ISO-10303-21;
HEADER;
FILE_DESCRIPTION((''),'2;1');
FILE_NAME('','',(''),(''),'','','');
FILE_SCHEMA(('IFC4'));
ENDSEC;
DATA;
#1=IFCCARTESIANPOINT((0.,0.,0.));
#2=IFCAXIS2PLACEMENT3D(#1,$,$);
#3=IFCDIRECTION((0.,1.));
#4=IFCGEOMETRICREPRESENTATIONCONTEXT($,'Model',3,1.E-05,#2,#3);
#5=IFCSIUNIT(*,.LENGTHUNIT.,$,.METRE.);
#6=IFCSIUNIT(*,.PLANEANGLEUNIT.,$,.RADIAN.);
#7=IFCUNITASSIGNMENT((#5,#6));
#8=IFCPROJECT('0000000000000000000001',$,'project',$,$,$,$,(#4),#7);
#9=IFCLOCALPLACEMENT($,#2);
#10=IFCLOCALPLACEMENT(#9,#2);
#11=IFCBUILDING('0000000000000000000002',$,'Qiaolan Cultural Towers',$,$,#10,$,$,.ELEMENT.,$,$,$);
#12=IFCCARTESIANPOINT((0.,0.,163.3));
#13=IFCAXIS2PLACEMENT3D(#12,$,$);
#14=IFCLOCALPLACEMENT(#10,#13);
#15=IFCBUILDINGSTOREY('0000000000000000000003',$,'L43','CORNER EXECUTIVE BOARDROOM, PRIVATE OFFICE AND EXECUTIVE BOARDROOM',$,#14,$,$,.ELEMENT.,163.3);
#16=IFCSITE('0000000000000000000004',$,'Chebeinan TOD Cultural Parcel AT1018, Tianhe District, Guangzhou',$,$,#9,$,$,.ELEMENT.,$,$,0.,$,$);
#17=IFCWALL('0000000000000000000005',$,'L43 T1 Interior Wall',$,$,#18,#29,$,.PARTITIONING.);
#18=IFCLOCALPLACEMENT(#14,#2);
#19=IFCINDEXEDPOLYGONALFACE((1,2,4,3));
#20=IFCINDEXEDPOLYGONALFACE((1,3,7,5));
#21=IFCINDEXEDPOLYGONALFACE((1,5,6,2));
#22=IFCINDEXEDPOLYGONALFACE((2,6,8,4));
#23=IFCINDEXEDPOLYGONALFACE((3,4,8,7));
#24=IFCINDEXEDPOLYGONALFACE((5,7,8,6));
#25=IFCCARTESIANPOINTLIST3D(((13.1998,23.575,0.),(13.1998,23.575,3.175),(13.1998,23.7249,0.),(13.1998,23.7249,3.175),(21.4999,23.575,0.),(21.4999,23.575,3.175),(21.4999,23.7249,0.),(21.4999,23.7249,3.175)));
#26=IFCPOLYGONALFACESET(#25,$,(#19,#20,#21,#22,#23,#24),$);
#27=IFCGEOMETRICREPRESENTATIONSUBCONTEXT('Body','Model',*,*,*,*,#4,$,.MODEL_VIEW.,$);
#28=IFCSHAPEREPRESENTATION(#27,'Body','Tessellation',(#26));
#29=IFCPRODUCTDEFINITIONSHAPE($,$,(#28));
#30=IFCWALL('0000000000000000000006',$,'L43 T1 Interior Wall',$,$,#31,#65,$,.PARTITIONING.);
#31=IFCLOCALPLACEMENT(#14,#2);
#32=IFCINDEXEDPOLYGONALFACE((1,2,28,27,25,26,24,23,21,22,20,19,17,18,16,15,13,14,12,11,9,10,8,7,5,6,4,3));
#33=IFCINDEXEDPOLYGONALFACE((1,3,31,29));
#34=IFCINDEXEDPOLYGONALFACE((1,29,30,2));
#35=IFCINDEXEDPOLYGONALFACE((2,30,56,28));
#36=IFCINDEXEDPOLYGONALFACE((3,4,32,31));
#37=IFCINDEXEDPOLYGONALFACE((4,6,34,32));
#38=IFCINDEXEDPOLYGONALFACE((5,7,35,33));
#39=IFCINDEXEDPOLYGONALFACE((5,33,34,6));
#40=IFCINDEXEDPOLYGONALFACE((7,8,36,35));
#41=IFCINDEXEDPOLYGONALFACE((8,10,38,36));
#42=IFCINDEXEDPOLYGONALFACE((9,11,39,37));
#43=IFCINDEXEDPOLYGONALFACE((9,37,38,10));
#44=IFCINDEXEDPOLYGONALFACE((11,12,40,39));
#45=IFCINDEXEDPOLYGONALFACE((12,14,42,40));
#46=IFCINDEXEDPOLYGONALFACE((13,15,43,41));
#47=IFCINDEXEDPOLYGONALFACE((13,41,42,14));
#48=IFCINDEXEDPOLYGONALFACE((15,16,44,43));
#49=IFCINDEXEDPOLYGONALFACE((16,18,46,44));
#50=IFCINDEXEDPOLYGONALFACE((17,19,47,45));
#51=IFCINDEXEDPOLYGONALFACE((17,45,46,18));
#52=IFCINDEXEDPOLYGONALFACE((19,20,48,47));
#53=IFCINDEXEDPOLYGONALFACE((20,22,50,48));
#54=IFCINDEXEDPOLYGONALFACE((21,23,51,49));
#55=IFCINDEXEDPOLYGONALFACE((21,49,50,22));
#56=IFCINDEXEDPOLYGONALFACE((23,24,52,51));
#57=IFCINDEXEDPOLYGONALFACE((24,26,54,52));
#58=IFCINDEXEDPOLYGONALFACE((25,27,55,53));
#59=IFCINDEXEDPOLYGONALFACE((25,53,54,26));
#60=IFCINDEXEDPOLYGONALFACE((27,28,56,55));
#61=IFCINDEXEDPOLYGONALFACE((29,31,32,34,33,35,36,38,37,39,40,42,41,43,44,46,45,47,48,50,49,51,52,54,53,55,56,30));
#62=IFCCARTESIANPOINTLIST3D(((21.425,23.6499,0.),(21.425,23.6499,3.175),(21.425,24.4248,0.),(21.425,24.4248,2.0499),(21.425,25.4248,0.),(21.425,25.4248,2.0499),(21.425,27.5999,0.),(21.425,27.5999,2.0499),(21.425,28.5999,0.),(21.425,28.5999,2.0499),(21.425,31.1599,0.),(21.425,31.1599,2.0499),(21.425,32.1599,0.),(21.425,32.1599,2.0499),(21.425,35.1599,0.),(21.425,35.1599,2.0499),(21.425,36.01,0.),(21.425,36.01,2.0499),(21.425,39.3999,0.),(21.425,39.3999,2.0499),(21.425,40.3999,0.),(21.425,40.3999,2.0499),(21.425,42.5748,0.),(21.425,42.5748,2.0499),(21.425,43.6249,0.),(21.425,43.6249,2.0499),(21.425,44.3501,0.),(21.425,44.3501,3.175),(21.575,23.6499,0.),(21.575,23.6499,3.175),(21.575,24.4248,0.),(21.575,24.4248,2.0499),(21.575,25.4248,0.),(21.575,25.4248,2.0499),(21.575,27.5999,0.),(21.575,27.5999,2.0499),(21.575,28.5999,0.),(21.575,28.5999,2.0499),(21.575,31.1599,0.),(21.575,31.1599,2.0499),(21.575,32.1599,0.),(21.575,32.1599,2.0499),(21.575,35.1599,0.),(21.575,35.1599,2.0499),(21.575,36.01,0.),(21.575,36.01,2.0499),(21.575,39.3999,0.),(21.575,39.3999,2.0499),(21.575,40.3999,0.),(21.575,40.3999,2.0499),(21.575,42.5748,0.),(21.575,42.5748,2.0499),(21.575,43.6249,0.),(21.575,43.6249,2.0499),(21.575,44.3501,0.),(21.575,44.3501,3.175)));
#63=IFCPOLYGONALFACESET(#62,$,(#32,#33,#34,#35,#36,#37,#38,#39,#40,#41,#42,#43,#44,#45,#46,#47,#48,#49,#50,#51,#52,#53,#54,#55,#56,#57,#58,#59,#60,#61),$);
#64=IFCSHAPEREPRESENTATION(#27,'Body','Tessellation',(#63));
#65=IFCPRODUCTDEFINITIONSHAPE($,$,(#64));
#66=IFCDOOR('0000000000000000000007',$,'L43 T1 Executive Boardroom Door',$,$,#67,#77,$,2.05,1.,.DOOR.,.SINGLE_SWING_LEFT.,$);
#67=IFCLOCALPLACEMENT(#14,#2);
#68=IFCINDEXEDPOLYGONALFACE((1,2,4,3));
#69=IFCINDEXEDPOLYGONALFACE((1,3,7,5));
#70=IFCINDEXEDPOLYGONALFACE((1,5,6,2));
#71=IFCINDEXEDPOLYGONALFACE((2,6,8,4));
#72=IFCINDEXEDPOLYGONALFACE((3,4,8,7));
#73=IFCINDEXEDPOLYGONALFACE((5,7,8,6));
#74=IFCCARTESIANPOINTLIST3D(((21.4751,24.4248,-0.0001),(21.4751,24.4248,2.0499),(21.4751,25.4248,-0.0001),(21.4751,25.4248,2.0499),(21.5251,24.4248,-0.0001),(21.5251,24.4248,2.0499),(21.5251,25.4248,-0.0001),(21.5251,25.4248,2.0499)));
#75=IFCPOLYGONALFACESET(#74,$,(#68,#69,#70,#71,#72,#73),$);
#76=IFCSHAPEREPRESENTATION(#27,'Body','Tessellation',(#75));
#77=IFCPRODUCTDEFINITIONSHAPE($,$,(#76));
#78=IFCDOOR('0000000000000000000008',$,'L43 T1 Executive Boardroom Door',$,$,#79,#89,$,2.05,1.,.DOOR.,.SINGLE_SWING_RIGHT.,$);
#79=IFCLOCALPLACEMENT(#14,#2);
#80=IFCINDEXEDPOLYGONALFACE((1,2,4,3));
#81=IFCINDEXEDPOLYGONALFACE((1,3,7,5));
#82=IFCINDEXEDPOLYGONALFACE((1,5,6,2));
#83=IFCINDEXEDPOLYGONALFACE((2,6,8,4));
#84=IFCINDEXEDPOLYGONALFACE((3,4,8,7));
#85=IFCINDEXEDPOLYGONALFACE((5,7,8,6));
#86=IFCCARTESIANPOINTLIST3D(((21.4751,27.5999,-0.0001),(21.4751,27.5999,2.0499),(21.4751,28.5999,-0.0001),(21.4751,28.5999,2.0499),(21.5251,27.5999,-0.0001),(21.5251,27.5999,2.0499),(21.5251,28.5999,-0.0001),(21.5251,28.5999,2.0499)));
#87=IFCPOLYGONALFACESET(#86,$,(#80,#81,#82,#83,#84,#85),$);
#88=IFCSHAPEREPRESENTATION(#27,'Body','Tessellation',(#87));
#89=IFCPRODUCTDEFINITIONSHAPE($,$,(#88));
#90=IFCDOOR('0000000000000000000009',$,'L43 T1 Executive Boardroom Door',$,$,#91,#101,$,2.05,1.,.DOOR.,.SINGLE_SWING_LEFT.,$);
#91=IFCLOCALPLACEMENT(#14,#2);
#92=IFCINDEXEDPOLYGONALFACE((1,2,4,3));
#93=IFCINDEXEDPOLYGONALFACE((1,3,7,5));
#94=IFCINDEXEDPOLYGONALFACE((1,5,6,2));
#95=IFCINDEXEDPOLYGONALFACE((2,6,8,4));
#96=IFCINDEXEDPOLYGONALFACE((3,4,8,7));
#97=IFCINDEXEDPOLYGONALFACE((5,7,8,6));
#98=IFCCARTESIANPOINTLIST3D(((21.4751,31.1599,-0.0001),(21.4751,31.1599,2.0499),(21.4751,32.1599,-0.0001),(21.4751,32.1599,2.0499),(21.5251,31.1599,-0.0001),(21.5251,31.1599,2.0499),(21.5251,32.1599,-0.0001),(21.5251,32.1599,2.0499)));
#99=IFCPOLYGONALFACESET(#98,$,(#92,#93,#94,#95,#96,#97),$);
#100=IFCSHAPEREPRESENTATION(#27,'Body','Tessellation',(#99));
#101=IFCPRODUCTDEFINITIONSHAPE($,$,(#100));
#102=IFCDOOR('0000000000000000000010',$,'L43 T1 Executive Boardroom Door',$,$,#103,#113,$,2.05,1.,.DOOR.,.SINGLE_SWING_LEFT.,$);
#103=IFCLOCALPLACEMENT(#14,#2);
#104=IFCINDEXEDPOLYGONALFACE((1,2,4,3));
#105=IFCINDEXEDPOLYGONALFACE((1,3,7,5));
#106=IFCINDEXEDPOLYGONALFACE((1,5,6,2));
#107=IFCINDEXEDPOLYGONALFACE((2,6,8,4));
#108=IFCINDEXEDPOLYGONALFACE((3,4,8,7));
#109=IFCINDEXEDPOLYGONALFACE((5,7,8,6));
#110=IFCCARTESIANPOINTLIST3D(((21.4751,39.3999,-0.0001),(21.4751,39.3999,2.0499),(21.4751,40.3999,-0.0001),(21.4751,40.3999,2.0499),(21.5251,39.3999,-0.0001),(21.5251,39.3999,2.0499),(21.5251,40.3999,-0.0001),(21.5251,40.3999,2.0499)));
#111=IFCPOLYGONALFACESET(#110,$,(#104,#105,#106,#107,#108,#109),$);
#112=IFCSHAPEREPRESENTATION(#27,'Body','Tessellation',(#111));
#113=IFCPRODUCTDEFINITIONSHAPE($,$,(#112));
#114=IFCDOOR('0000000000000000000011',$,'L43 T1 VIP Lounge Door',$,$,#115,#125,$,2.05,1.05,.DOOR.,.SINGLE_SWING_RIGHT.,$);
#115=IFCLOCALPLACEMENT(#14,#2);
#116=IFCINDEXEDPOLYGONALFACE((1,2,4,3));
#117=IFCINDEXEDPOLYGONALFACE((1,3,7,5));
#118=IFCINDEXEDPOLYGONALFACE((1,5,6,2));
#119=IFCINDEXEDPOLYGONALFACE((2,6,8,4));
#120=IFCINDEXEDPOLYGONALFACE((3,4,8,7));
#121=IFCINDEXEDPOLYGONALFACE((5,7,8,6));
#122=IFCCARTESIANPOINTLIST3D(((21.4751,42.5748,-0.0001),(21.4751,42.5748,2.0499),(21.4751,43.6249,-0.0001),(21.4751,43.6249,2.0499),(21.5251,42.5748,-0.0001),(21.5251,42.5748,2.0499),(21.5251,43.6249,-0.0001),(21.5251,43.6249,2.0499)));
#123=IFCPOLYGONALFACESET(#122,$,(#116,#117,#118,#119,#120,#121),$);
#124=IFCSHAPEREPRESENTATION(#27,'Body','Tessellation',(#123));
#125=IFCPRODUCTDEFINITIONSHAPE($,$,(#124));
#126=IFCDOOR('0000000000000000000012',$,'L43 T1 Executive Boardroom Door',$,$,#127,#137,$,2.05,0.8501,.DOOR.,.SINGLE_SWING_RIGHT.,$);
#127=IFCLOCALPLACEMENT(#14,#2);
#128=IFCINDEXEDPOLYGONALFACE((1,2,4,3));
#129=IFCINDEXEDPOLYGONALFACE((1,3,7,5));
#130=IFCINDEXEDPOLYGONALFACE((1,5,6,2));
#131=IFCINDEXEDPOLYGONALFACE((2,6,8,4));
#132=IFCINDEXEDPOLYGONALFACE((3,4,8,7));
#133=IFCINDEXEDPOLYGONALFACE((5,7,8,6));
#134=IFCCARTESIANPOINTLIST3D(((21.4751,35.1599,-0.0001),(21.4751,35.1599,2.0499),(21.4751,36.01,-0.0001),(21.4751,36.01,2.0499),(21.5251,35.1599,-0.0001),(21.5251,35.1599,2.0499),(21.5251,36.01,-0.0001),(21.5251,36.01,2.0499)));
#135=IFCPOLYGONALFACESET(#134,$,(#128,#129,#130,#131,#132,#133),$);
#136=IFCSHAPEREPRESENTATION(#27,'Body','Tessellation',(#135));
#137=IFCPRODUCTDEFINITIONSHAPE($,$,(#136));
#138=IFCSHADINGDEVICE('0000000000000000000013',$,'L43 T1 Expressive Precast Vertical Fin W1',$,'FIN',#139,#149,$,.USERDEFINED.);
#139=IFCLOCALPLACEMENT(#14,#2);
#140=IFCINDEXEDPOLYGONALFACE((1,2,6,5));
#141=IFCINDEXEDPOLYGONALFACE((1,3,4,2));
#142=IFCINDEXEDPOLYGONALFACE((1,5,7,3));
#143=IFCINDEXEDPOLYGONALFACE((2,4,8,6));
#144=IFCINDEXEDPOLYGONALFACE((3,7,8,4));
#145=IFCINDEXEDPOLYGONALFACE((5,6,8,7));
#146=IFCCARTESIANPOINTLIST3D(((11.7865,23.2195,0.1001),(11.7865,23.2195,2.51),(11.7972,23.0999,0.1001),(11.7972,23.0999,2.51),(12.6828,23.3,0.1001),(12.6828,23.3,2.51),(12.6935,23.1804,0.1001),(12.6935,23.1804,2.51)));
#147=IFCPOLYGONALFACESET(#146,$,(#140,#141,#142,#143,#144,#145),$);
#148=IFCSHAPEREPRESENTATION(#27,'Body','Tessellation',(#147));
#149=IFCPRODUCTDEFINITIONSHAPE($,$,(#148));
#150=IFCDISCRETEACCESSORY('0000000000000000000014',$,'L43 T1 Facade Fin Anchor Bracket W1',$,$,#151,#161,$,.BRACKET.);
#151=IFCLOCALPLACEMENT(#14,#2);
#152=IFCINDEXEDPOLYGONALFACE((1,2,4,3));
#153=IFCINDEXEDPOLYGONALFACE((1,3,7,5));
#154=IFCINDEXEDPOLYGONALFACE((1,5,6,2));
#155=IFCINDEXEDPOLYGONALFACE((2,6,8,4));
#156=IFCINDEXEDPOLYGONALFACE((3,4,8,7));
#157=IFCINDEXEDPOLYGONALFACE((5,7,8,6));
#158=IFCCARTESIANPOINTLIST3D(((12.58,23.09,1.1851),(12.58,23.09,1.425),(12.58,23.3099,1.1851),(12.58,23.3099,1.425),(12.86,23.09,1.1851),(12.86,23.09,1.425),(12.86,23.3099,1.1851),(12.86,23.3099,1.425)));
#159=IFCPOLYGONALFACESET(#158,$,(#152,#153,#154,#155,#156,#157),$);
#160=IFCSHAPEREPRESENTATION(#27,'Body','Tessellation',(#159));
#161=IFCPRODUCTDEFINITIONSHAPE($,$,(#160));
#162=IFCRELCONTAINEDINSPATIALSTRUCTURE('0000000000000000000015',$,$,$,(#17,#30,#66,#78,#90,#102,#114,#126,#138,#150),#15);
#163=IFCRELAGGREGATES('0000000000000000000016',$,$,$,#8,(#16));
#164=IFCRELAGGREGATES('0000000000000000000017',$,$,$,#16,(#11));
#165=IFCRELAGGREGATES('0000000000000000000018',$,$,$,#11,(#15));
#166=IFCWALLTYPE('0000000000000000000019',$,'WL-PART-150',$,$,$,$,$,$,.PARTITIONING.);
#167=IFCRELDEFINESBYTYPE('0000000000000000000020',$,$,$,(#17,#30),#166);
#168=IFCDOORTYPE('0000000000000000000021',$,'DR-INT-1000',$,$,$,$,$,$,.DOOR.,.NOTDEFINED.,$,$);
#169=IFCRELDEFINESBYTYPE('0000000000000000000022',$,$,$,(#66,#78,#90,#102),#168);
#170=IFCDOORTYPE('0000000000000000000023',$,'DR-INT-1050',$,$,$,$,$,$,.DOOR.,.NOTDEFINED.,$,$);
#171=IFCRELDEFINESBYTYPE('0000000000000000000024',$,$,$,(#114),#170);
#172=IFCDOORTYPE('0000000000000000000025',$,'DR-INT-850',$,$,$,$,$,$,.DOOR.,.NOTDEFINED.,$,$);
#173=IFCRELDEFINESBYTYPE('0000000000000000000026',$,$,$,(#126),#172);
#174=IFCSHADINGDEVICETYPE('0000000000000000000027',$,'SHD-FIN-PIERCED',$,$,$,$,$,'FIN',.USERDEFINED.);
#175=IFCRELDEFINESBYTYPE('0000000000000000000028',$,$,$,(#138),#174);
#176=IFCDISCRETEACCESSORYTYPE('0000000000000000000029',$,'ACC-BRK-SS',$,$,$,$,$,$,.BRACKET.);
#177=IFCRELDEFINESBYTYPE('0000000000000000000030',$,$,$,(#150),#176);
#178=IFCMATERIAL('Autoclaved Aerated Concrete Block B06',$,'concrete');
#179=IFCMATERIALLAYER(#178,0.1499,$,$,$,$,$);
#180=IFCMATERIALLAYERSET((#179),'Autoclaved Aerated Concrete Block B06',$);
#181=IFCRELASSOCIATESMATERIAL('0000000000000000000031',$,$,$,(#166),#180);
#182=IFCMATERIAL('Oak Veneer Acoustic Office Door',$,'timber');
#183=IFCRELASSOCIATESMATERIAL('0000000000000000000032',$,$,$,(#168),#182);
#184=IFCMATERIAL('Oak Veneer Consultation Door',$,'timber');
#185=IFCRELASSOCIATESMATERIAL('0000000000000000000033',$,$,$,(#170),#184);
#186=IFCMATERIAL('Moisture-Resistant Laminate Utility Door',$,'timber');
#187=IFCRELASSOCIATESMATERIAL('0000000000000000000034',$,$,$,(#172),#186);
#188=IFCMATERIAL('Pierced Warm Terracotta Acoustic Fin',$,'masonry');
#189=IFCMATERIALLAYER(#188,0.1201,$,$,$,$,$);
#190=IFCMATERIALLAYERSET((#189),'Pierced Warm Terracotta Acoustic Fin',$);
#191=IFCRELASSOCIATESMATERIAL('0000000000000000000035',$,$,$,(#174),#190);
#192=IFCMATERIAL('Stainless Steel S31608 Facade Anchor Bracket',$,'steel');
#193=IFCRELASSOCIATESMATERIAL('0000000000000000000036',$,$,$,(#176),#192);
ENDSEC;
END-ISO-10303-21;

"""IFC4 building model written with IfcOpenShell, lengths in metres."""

from ifc_helpers import new_model, si_unit, direction, frame, frame_2d, origin, origin_2d, place, context, subcontext, project, spatial, rectangle, extrude, material, layer, layer_set, type_object, element, fill, save


model = new_model("IFC4")

# Units and contexts
model_context = context("Model", 3, precision=1e-05, world=origin(), true_north=direction((0.0, 1.0)))
body_context = subcontext(model_context, "Body", "Model", "MODEL_VIEW")
ifc_project = project(units=[si_unit("LENGTHUNIT", "METRE"), si_unit("PLANEANGLEUNIT", "RADIAN")], contexts=[model_context])

# Site, building, storey
site_placement = place(None, origin())
site = spatial("IfcSite", under=ifc_project, at=site_placement, Name="Chebeinan TOD Cultural Parcel AT1018, Tianhe District, Guangzhou", CompositionType="ELEMENT", RefElevation=0.0)
building_placement = place(site_placement, origin())
building = spatial("IfcBuilding", under=site, at=building_placement, Name="Qiaolan Cultural Towers", CompositionType="ELEMENT")
storey_placement = place(building_placement, frame((0.0, 0.0, 163.3)))
storey = spatial("IfcBuildingStorey", under=building, at=storey_placement, Name="L43", Description="CORNER EXECUTIVE BOARDROOM, PRIVATE OFFICE AND EXECUTIVE BOARDROOM", CompositionType="ELEMENT", Elevation=163.3)

# Shared definitions
ifc_material_1 = material(Name="Autoclaved Aerated Concrete Block B06", Category="concrete")
ifc_layer_1 = layer(ifc_material_1, 0.1499)
ifc_layer_set_1 = layer_set([ifc_layer_1], Name="Autoclaved Aerated Concrete Block B06")
wall_type_1 = type_object("IfcWallType", Name="WL-PART-150", PredefinedType="PARTITIONING", material=ifc_layer_set_1)
ifc_material_2 = material(Name="Oak Veneer Acoustic Office Door", Category="timber")
door_type_1 = type_object("IfcDoorType", Name="DR-INT-1000", OperationType="NOTDEFINED", PredefinedType="DOOR", material=ifc_material_2)

# Wall
wall_1_placement = place(storey_placement, frame((13.2, 23.6499, 0.0), z_axis=(0.0, 0.0, 1.0), x_axis=(1.0, 0.0, 0.0)))
element("IfcWall", 1, at=wall_1_placement, inside=storey, type_object=wall_type_1, Name="L43 T1 Interior Wall", PredefinedType="PARTITIONING", context=body_context, shape_type="SweptSolid", body=[
    extrude(rectangle(XDim=8.3, YDim=0.1499, at=frame_2d((4.1499, 0.0))), origin(), (0.0, 0.0, 1.0), 3.175),
])

# Wall, openings, doors
wall_2_placement = place(storey_placement, frame((21.5, 23.6499, 0.0), z_axis=(0.0, 0.0, 1.0), x_axis=(0.0, 1.0, 0.0)))
wall_2 = element("IfcWall", 2, at=wall_2_placement, inside=storey, type_object=wall_type_1, Name="L43 T1 Interior Wall", PredefinedType="PARTITIONING", context=body_context, shape_type="SweptSolid", body=[
    extrude(rectangle(XDim=20.7002, YDim=0.1499, at=frame_2d((10.3501, 0.0))), origin(), (0.0, 0.0, 1.0), 3.175),
])
opening_1_placement = place(wall_2_placement, frame((0.7749, 0.0, 0.0)))
opening_1 = element("IfcOpeningElement", 3, at=opening_1_placement, cuts=wall_2, PredefinedType="OPENING", context=body_context, shape_type="SweptSolid", body=[
    extrude(rectangle(XDim=1.0, YDim=2.05, at=frame_2d((0.5, 1.0249))), frame((0.0, 0.085, 0.0), z_axis=(0.0, -1.0, 0.0), x_axis=(1.0, 0.0, 0.0)), (0.0, 0.0, 1.0), 0.1699),
])
opening_2_placement = place(wall_2_placement, frame((3.95, 0.0, 0.0)))
opening_2 = element("IfcOpeningElement", 4, at=opening_2_placement, cuts=wall_2, PredefinedType="OPENING", context=body_context, shape_type="SweptSolid", body=[
    extrude(rectangle(XDim=1.0, YDim=2.05, at=frame_2d((0.5, 1.0249))), frame((0.0, 0.085, 0.0), z_axis=(0.0, -1.0, 0.0), x_axis=(1.0, 0.0, 0.0)), (0.0, 0.0, 1.0), 0.1699),
])
opening_3_placement = place(wall_2_placement, frame((7.51, 0.0, 0.0)))
opening_3 = element("IfcOpeningElement", 5, at=opening_3_placement, cuts=wall_2, PredefinedType="OPENING", context=body_context, shape_type="SweptSolid", body=[
    extrude(rectangle(XDim=1.0, YDim=2.05, at=frame_2d((0.5, 1.0249))), frame((0.0, 0.085, 0.0), z_axis=(0.0, -1.0, 0.0), x_axis=(1.0, 0.0, 0.0)), (0.0, 0.0, 1.0), 0.1699),
])
opening_4_placement = place(wall_2_placement, frame((11.51, 0.0, 0.0)))
opening_4 = element("IfcOpeningElement", 6, at=opening_4_placement, cuts=wall_2, PredefinedType="OPENING", context=body_context, shape_type="SweptSolid", body=[
    extrude(rectangle(XDim=0.8501, YDim=2.05, at=frame_2d((0.425, 1.0249))), frame((0.0, 0.085, 0.0), z_axis=(0.0, -1.0, 0.0), x_axis=(1.0, 0.0, 0.0)), (0.0, 0.0, 1.0), 0.1699),
])
opening_5_placement = place(wall_2_placement, frame((15.75, 0.0, 0.0)))
opening_5 = element("IfcOpeningElement", 7, at=opening_5_placement, cuts=wall_2, PredefinedType="OPENING", context=body_context, shape_type="SweptSolid", body=[
    extrude(rectangle(XDim=1.0, YDim=2.05, at=frame_2d((0.5, 1.0249))), frame((0.0, 0.085, 0.0), z_axis=(0.0, -1.0, 0.0), x_axis=(1.0, 0.0, 0.0)), (0.0, 0.0, 1.0), 0.1699),
])
opening_6_placement = place(wall_2_placement, frame((18.925, 0.0, 0.0)))
opening_6 = element("IfcOpeningElement", 8, at=opening_6_placement, cuts=wall_2, PredefinedType="OPENING", context=body_context, shape_type="SweptSolid", body=[
    extrude(rectangle(XDim=1.05, YDim=2.05, at=frame_2d((0.5249, 1.0249))), frame((0.0, 0.085, 0.0), z_axis=(0.0, -1.0, 0.0), x_axis=(1.0, 0.0, 0.0)), (0.0, 0.0, 1.0), 0.1699),
])
door_1_placement = place(opening_1_placement, origin())
door_1 = element("IfcDoor", 9, at=door_1_placement, inside=storey, type_object=door_type_1, Name="L43 T1 Executive Boardroom Door", OperationType="SINGLE_SWING_LEFT", OverallHeight=2.05, OverallWidth=1.0, PredefinedType="DOOR", context=body_context, shape_type="SweptSolid", body=[
    extrude(rectangle(XDim=1.0, YDim=2.05, at=frame_2d((0.5, 1.0249))), frame((0.0, 0.0249, 0.0), z_axis=(0.0, -1.0, 0.0), x_axis=(1.0, 0.0, 0.0)), (0.0, 0.0, 1.0), 0.05),
])
fill(opening_1, door_1)
door_2_placement = place(opening_2_placement, origin())
door_2 = element("IfcDoor", 10, at=door_2_placement, inside=storey, type_object=door_type_1, Name="L43 T1 Executive Boardroom Door", OperationType="SINGLE_SWING_RIGHT", OverallHeight=2.05, OverallWidth=1.0, PredefinedType="DOOR", context=body_context, shape_type="SweptSolid", body=[
    extrude(rectangle(XDim=1.0, YDim=2.05, at=frame_2d((0.5, 1.0249))), frame((0.0, 0.0249, 0.0), z_axis=(0.0, -1.0, 0.0), x_axis=(1.0, 0.0, 0.0)), (0.0, 0.0, 1.0), 0.05),
])
fill(opening_2, door_2)
door_3_placement = place(opening_3_placement, origin())
door_3 = element("IfcDoor", 11, at=door_3_placement, inside=storey, type_object=door_type_1, Name="L43 T1 Executive Boardroom Door", OperationType="SINGLE_SWING_LEFT", OverallHeight=2.05, OverallWidth=1.0, PredefinedType="DOOR", context=body_context, shape_type="SweptSolid", body=[
    extrude(rectangle(XDim=1.0, YDim=2.05, at=frame_2d((0.5, 1.0249))), frame((0.0, 0.0249, 0.0), z_axis=(0.0, -1.0, 0.0), x_axis=(1.0, 0.0, 0.0)), (0.0, 0.0, 1.0), 0.05),
])
fill(opening_3, door_3)
door_4_placement = place(opening_5_placement, origin())
door_4 = element("IfcDoor", 12, at=door_4_placement, inside=storey, type_object=door_type_1, Name="L43 T1 Executive Boardroom Door", OperationType="SINGLE_SWING_LEFT", OverallHeight=2.05, OverallWidth=1.0, PredefinedType="DOOR", context=body_context, shape_type="SweptSolid", body=[
    extrude(rectangle(XDim=1.0, YDim=2.05, at=frame_2d((0.5, 1.0249))), frame((0.0, 0.0249, 0.0), z_axis=(0.0, -1.0, 0.0), x_axis=(1.0, 0.0, 0.0)), (0.0, 0.0, 1.0), 0.05),
])
fill(opening_5, door_4)
ifc_material_3 = material(Name="Oak Veneer Consultation Door", Category="timber")
door_type_2 = type_object("IfcDoorType", Name="DR-INT-1050", OperationType="NOTDEFINED", PredefinedType="DOOR", material=ifc_material_3)
door_5_placement = place(opening_6_placement, origin())
door_5 = element("IfcDoor", 13, at=door_5_placement, inside=storey, type_object=door_type_2, Name="L43 T1 VIP Lounge Door", OperationType="SINGLE_SWING_RIGHT", OverallHeight=2.05, OverallWidth=1.05, PredefinedType="DOOR", context=body_context, shape_type="SweptSolid", body=[
    extrude(rectangle(XDim=1.05, YDim=2.05, at=frame_2d((0.5249, 1.0249))), frame((0.0, 0.0249, 0.0), z_axis=(0.0, -1.0, 0.0), x_axis=(1.0, 0.0, 0.0)), (0.0, 0.0, 1.0), 0.05),
])
fill(opening_6, door_5)
ifc_material_4 = material(Name="Moisture-Resistant Laminate Utility Door", Category="timber")
door_type_3 = type_object("IfcDoorType", Name="DR-INT-850", OperationType="NOTDEFINED", PredefinedType="DOOR", material=ifc_material_4)
door_6_placement = place(opening_4_placement, origin())
door_6 = element("IfcDoor", 14, at=door_6_placement, inside=storey, type_object=door_type_3, Name="L43 T1 Executive Boardroom Door", OperationType="SINGLE_SWING_RIGHT", OverallHeight=2.05, OverallWidth=0.8501, PredefinedType="DOOR", context=body_context, shape_type="SweptSolid", body=[
    extrude(rectangle(XDim=0.8501, YDim=2.05, at=frame_2d((0.425, 1.0249))), frame((0.0, 0.0249, 0.0), z_axis=(0.0, -1.0, 0.0), x_axis=(1.0, 0.0, 0.0)), (0.0, 0.0, 1.0), 0.05),
])
fill(opening_4, door_6)

# Shading device
ifc_material_5 = material(Name="Pierced Warm Terracotta Acoustic Fin", Category="masonry")
ifc_layer_2 = layer(ifc_material_5, 0.1201)
ifc_layer_set_2 = layer_set([ifc_layer_2], Name="Pierced Warm Terracotta Acoustic Fin")
shading_device_type = type_object("IfcShadingDeviceType", Name="SHD-FIN-PIERCED", ElementType="FIN", PredefinedType="USERDEFINED", material=ifc_layer_set_2)
shading_device_placement = place(storey_placement, frame((12.24, 23.2, 0.1001), z_axis=(0.0, 0.0, 1.0), x_axis=(0.995994, 0.089421, 0.0)))
element("IfcShadingDevice", 15, at=shading_device_placement, inside=storey, type_object=shading_device_type, Name="L43 T1 Expressive Precast Vertical Fin W1", ObjectType="FIN", PredefinedType="USERDEFINED", context=body_context, shape_type="SweptSolid", body=[
    extrude(rectangle(XDim=0.8999, YDim=0.1201, at=origin_2d()), origin(), (0.0, 0.0, 1.0), 2.4099),
])

# Discrete accessory
ifc_material_6 = material(Name="Stainless Steel S31608 Facade Anchor Bracket", Category="steel")
discrete_accessory_type = type_object("IfcDiscreteAccessoryType", Name="ACC-BRK-SS", PredefinedType="BRACKET", material=ifc_material_6)
discrete_accessory_placement = place(storey_placement, frame((12.72, 23.2, 1.1851), z_axis=(0.0, 0.0, 1.0), x_axis=(1.0, 0.0, 0.0)))
element("IfcDiscreteAccessory", 16, at=discrete_accessory_placement, inside=storey, type_object=discrete_accessory_type, Name="L43 T1 Facade Fin Anchor Bracket W1", PredefinedType="BRACKET", context=body_context, shape_type="SweptSolid", body=[
    extrude(rectangle(XDim=0.28, YDim=0.22, at=origin_2d()), origin(), (0.0, 0.0, 1.0), 0.24),
])

save(model, "model.ifc")
